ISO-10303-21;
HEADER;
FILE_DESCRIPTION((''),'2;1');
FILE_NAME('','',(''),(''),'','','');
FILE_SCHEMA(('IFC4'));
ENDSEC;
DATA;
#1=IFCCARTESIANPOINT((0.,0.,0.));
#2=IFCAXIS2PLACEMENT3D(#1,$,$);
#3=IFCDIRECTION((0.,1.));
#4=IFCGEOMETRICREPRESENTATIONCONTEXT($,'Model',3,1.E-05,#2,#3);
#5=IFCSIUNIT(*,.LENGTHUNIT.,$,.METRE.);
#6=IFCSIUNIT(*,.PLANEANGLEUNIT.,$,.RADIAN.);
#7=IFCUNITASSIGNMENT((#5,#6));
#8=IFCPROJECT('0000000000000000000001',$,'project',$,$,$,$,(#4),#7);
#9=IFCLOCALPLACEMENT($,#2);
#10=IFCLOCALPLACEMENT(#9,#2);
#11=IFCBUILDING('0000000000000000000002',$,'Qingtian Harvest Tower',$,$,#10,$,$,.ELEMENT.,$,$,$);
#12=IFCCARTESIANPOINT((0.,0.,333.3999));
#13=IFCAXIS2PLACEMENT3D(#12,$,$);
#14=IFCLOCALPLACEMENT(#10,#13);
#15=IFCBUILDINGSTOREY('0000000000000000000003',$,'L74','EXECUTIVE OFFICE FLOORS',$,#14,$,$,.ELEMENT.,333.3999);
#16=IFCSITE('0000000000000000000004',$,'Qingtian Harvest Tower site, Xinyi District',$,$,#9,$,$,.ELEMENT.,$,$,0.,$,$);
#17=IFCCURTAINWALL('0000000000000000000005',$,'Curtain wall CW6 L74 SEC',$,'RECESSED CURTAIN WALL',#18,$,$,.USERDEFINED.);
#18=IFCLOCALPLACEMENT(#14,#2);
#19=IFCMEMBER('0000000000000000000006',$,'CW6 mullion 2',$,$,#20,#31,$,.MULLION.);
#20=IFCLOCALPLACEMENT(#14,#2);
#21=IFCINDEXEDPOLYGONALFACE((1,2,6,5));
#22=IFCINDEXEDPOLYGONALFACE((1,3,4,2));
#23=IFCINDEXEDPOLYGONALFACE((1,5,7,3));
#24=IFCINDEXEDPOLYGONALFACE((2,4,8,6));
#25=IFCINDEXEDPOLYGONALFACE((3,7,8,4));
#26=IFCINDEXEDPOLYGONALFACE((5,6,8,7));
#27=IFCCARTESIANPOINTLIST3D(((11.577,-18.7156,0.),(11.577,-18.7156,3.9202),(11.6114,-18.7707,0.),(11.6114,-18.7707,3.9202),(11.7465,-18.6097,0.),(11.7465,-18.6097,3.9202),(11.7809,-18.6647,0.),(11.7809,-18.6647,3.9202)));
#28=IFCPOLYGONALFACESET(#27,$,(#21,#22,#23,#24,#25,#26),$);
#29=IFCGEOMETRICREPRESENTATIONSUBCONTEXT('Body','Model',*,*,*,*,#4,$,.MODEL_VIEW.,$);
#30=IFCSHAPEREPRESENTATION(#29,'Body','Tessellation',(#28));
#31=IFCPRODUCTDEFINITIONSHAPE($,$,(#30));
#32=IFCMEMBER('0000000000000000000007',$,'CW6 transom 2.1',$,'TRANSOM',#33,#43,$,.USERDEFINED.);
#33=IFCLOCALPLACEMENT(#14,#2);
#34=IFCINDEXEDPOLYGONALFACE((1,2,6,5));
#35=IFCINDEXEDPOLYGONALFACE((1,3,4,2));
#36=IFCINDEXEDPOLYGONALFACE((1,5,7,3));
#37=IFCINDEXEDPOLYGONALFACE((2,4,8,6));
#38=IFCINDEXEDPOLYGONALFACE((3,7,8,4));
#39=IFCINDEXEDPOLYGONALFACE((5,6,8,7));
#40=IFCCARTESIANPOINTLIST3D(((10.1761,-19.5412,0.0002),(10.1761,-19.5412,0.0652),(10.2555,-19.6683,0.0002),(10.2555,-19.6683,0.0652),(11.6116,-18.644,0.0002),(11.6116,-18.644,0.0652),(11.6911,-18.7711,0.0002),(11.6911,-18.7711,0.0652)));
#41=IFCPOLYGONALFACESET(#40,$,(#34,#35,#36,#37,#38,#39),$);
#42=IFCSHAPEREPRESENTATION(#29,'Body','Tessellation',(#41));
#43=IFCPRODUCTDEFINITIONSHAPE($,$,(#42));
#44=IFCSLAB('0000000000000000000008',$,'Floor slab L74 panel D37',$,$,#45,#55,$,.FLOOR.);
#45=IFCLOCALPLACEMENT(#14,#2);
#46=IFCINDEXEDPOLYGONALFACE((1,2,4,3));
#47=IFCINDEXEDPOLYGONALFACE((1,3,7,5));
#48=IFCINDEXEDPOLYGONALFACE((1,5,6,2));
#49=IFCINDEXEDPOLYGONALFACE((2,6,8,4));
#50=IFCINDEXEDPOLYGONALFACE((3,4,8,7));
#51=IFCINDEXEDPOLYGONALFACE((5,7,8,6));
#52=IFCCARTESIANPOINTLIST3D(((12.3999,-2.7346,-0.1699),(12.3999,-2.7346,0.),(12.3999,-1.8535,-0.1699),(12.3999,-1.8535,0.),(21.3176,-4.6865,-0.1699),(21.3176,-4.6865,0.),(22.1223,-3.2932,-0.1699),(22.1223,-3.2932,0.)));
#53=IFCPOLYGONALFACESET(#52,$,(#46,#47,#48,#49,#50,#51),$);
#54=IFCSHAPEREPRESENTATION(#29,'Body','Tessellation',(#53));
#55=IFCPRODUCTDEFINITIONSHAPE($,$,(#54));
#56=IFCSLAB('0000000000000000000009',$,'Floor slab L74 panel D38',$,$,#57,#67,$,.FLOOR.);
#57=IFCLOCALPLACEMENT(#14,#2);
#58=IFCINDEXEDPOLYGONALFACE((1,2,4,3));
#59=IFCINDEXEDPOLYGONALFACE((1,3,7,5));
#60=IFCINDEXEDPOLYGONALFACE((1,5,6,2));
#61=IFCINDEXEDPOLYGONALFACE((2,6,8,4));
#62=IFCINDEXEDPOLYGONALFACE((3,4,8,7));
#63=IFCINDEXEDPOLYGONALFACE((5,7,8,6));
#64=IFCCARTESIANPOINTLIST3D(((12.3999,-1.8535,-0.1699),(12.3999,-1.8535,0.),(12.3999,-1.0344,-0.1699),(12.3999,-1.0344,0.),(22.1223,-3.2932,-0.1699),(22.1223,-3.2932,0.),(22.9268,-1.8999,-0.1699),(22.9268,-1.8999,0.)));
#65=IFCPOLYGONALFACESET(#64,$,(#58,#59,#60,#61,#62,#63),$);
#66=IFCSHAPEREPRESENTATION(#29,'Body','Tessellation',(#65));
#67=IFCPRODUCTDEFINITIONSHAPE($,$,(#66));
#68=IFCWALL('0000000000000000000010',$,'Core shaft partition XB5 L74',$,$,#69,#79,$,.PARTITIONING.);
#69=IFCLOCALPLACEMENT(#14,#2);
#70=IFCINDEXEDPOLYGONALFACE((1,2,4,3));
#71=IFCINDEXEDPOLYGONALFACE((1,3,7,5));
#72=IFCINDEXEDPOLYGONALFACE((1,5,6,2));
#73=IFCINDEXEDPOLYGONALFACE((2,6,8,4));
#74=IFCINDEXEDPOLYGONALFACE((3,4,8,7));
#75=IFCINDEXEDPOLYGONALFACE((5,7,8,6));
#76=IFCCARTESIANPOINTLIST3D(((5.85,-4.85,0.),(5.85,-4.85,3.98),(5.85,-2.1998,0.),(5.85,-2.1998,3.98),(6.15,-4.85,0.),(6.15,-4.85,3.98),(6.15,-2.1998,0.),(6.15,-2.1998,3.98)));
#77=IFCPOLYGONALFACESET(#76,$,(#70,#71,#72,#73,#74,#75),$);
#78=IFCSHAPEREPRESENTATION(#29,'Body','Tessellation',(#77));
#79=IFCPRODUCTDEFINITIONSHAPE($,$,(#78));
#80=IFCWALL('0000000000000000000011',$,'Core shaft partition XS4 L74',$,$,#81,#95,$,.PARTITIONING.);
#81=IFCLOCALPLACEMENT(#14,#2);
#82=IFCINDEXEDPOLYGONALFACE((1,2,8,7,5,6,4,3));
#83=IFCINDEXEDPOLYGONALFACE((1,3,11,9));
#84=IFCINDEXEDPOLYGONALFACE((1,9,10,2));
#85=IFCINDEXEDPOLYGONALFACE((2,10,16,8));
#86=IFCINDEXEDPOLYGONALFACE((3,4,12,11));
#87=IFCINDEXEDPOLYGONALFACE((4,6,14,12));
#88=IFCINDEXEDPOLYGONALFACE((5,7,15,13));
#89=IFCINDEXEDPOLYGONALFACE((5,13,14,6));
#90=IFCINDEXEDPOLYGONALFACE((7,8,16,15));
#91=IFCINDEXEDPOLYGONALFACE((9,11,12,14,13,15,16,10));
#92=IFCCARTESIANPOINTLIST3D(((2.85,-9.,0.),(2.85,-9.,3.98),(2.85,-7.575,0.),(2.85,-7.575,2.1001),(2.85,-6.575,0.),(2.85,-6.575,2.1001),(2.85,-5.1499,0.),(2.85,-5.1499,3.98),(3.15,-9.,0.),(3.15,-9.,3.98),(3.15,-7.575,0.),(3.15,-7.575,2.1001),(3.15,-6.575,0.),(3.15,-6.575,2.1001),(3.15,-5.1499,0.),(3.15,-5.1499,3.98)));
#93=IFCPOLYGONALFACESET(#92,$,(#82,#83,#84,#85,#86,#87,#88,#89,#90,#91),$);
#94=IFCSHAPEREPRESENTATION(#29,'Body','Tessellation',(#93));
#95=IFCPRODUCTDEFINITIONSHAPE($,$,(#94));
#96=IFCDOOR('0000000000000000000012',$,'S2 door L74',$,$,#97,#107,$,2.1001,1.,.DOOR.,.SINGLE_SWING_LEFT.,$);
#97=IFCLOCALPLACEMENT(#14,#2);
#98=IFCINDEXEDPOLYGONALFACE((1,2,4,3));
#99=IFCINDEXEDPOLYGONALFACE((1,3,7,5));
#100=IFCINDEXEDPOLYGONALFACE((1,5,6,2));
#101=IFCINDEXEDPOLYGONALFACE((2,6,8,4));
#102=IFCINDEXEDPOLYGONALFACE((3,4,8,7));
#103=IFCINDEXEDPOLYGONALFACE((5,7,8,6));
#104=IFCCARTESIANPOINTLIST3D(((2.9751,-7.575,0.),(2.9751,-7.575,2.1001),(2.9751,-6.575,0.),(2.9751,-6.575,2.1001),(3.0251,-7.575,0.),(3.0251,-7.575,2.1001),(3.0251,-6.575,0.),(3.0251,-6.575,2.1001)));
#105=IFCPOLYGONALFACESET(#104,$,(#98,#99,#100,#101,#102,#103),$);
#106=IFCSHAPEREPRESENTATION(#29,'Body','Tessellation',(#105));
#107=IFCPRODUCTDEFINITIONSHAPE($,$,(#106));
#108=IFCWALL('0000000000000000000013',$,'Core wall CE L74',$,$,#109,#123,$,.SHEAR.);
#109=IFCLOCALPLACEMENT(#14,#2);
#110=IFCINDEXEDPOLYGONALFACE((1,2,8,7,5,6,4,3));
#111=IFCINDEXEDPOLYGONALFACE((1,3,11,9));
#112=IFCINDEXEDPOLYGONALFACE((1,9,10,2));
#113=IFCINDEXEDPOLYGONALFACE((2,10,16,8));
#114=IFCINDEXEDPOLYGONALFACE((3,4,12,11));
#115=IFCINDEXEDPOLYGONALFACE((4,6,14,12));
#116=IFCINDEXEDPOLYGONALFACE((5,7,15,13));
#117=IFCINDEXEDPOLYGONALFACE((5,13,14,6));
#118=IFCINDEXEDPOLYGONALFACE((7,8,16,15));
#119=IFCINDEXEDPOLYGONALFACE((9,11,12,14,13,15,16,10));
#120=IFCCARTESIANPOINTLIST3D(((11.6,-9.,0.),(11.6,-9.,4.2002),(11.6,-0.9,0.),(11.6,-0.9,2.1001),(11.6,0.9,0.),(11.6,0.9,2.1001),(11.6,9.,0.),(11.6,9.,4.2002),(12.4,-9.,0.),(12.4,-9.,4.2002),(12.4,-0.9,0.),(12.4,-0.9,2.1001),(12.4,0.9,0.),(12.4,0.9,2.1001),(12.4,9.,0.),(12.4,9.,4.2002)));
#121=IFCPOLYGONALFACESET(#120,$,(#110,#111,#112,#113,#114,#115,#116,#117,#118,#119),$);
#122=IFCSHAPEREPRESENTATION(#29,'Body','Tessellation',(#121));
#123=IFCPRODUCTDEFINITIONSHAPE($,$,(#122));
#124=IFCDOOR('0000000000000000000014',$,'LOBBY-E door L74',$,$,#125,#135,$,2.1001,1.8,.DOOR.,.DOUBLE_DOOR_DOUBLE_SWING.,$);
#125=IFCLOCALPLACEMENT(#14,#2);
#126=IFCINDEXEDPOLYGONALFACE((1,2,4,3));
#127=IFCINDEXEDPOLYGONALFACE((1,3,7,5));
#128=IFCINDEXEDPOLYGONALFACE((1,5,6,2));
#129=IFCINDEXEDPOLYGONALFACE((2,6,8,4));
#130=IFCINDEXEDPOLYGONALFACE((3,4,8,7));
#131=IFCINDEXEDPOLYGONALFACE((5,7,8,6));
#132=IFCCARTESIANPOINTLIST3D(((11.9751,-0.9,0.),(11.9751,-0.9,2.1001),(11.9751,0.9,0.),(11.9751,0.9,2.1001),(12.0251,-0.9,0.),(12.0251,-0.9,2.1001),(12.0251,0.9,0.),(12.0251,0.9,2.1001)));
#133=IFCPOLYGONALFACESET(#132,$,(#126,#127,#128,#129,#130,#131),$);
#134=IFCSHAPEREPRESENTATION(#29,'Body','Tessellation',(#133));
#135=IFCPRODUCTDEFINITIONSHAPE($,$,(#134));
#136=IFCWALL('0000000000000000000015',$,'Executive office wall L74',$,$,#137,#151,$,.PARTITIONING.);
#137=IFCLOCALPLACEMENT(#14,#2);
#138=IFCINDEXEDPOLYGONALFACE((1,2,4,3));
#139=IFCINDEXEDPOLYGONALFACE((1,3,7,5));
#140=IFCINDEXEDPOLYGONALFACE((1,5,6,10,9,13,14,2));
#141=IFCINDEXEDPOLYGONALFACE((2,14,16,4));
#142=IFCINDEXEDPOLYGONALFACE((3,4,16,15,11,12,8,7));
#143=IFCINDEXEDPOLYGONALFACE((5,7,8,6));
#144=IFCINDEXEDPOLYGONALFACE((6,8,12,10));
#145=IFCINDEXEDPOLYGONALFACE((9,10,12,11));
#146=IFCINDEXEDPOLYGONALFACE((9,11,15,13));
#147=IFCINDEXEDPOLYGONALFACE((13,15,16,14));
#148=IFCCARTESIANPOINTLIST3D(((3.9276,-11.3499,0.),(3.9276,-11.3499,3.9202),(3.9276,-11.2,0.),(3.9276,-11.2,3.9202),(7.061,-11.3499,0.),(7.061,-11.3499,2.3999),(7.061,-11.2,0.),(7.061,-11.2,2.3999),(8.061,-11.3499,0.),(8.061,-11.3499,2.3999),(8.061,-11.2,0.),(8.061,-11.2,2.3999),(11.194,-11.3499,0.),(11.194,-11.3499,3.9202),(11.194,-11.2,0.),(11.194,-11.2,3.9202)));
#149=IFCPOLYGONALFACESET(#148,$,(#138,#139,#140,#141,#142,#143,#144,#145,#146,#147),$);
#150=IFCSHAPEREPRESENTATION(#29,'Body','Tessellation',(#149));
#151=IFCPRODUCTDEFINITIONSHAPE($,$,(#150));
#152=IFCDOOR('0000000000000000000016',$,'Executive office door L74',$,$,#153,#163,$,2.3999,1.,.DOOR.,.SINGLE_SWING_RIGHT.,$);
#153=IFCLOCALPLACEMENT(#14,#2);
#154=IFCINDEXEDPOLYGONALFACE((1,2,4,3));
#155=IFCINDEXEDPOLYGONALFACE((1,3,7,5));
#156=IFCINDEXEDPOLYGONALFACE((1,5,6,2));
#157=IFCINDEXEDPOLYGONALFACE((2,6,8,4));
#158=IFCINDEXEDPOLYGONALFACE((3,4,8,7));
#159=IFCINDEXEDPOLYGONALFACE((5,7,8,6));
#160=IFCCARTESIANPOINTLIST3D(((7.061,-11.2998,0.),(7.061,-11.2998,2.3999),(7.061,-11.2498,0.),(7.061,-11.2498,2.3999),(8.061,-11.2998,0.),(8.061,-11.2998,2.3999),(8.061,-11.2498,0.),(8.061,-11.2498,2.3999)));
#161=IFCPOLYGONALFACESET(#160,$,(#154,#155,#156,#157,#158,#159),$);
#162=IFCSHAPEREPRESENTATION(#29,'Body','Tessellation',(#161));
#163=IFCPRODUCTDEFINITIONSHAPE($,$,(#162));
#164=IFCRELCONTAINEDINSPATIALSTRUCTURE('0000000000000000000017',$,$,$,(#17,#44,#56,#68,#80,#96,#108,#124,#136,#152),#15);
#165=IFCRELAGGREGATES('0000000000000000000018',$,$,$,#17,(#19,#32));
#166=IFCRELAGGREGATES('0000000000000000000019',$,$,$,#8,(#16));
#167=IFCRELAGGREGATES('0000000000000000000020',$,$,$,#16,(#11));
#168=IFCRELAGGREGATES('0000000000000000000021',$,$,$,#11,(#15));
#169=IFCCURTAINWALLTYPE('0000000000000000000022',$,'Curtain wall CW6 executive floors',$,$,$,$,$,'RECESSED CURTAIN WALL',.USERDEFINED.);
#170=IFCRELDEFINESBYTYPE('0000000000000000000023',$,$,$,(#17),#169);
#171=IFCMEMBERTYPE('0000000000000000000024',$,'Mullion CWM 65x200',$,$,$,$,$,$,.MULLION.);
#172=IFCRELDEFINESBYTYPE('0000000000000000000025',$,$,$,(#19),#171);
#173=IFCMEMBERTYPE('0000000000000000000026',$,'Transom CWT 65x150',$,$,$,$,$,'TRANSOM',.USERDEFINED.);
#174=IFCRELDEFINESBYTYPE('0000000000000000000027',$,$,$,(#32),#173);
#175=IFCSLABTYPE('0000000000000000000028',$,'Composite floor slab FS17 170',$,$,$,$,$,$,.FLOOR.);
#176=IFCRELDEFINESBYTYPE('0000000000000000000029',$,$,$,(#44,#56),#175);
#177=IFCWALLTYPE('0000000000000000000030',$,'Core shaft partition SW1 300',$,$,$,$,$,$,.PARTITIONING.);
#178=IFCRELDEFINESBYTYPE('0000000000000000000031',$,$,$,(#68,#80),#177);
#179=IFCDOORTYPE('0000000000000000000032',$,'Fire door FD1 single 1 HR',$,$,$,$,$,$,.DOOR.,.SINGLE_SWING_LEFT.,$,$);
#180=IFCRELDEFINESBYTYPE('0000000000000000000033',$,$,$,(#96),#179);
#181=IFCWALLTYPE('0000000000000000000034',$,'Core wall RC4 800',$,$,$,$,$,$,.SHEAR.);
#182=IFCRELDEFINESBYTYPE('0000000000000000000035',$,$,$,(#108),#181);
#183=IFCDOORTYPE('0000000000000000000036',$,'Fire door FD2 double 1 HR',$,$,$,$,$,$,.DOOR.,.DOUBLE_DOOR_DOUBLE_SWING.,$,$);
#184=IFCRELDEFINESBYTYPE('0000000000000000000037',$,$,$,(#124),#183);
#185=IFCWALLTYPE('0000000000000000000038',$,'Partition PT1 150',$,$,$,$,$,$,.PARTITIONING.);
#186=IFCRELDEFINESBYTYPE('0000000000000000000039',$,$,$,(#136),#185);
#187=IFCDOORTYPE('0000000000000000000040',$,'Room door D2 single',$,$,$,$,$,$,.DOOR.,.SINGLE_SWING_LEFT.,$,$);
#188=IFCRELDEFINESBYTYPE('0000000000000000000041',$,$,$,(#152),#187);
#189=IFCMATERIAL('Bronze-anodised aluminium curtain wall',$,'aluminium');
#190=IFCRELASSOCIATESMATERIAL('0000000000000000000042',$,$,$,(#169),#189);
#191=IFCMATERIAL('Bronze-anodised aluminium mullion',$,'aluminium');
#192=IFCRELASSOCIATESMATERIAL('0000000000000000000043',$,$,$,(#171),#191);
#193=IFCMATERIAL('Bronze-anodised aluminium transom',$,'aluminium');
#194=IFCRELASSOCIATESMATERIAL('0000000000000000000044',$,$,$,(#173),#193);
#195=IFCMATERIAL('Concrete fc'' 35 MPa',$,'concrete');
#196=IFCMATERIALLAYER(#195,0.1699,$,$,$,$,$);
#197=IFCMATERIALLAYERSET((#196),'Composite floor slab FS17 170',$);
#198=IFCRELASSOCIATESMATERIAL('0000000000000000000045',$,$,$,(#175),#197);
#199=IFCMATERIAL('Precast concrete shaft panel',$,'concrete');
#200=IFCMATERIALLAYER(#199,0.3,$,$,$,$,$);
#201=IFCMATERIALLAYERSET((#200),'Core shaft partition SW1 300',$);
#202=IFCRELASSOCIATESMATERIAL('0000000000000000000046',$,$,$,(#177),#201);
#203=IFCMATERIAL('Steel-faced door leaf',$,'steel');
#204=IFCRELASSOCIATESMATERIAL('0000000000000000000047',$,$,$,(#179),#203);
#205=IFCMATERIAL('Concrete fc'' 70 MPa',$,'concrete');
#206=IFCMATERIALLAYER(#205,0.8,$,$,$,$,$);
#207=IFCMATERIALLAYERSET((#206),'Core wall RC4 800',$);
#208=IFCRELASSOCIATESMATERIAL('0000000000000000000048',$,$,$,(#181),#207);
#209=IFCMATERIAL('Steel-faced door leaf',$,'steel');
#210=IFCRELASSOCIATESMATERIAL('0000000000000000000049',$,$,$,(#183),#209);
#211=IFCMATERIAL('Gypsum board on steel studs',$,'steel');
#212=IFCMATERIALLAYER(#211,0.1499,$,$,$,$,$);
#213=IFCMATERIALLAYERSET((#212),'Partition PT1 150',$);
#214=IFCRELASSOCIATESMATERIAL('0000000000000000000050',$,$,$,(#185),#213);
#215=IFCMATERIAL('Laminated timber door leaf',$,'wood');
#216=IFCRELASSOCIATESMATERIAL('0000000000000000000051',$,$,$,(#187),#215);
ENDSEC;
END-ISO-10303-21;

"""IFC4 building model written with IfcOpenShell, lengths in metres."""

from ifc_helpers import new_model, si_unit, direction, frame, frame_2d, origin, origin_2d, place, context, subcontext, project, spatial, polyline, rectangle, outline, extrude, material, layer, layer_set, material_profile, profile_set, type_object, element, fill, aggregate, save


model = new_model("IFC4")

# Units and contexts
model_context = context("Model", 3, precision=1e-05, world=origin(), true_north=direction((0.0, 1.0)))
body_context = subcontext(model_context, "Body", "Model", "MODEL_VIEW")
ifc_project = project(units=[si_unit("LENGTHUNIT", "METRE"), si_unit("PLANEANGLEUNIT", "RADIAN")], contexts=[model_context])

# Site, building, storey
site_placement = place(None, origin())
site = spatial("IfcSite", under=ifc_project, at=site_placement, Name="Qingtian Harvest Tower site, Xinyi District", CompositionType="ELEMENT", RefElevation=0.0)
building_placement = place(site_placement, origin())
building = spatial("IfcBuilding", under=site, at=building_placement, Name="Qingtian Harvest Tower", CompositionType="ELEMENT")
storey_placement = place(building_placement, frame((0.0, 0.0, 333.3999)))
storey = spatial("IfcBuildingStorey", under=building, at=storey_placement, Name="L74", Description="EXECUTIVE OFFICE FLOORS", CompositionType="ELEMENT", Elevation=333.3999)

# Curtain wall, members
ifc_material_1 = material(Name="Bronze-anodised aluminium curtain wall", Category="aluminium")
curtain_wall_type = type_object("IfcCurtainWallType", Name="Curtain wall CW6 executive floors", ElementType="RECESSED CURTAIN WALL", PredefinedType="USERDEFINED", material=ifc_material_1)
curtain_wall_placement = place(storey_placement, origin())
curtain_wall = element("IfcCurtainWall", 1, at=curtain_wall_placement, inside=storey, type_object=curtain_wall_type, Name="Curtain wall CW6 L74 SEC", ObjectType="RECESSED CURTAIN WALL", PredefinedType="USERDEFINED")
ifc_material_2 = material(Name="Bronze-anodised aluminium mullion", Category="aluminium")
ifc_material_profile_1 = material_profile(ifc_material_2, rectangle(XDim=0.0649, YDim=0.2, at=origin_2d()), Name="AL 65x200")
ifc_profile_set_1 = profile_set([ifc_material_profile_1], Name="Bronze-anodised aluminium mullion")
member_type_1 = type_object("IfcMemberType", Name="Mullion CWM 65x200", PredefinedType="MULLION", material=ifc_profile_set_1)
member_1_placement = place(storey_placement, frame((11.679, -18.6902, 0.0), z_axis=(0.0, 0.0, 1.0), x_axis=(0.529919, -0.848048, 0.0)))
member_1 = element("IfcMember", 2, at=member_1_placement, type_object=member_type_1, Name="CW6 mullion 2", PredefinedType="MULLION", context=body_context, shape_type="SweptSolid", body=[
    extrude(rectangle(XDim=0.0649, YDim=0.2, at=origin_2d()), origin(), (0.0, 0.0, 1.0), 3.9202),
])
ifc_material_3 = material(Name="Bronze-anodised aluminium transom", Category="aluminium")
ifc_material_profile_2 = material_profile(ifc_material_3, rectangle(XDim=0.1499, YDim=0.0649, at=origin_2d()), Name="AL 65x150")
ifc_profile_set_2 = profile_set([ifc_material_profile_2], Name="Bronze-anodised aluminium transom")
member_type_2 = type_object("IfcMemberType", Name="Transom CWT 65x150", ElementType="TRANSOM", PredefinedType="USERDEFINED", material=ifc_profile_set_2)
member_2_placement = place(storey_placement, frame((11.6514, -18.7075, 0.0327), z_axis=(-0.847998, -0.529999, 0.0), x_axis=(0.529999, -0.847998, 0.0)))
member_2 = element("IfcMember", 3, at=member_2_placement, type_object=member_type_2, Name="CW6 transom 2.1", ObjectType="TRANSOM", PredefinedType="USERDEFINED", context=body_context, shape_type="SweptSolid", body=[
    extrude(rectangle(XDim=0.1499, YDim=0.0649, at=origin_2d()), origin(), (0.0, 0.0, 1.0), 1.6929),
])
aggregate(curtain_wall, [member_1, member_2])

# Slabs
ifc_material_4 = material(Name="Concrete fc' 35 MPa", Category="concrete")
ifc_layer_1 = layer(ifc_material_4, 0.1699)
ifc_layer_set_1 = layer_set([ifc_layer_1], Name="Composite floor slab FS17 170")
slab_type = type_object("IfcSlabType", Name="Composite floor slab FS17 170", PredefinedType="FLOOR", material=ifc_layer_set_1)
slab_1_placement = place(storey_placement, frame((0.0, 0.0, -0.1699)))
element("IfcSlab", 4, at=slab_1_placement, inside=storey, type_object=slab_type, Name="Floor slab L74 panel D37", PredefinedType="FLOOR", context=body_context, shape_type="SweptSolid", body=[
    extrude(outline(polyline([(12.3999, -1.8535), (22.1223, -3.2932), (21.3176, -4.6865), (12.3999, -2.7346), (12.3999, -1.8535)])), origin(), (0.0, 0.0, 1.0), 0.1699),
])
slab_2_placement = place(storey_placement, frame((0.0, 0.0, -0.1699)))
element("IfcSlab", 5, at=slab_2_placement, inside=storey, type_object=slab_type, Name="Floor slab L74 panel D38", PredefinedType="FLOOR", context=body_context, shape_type="SweptSolid", body=[
    extrude(outline(polyline([(12.3999, -1.0344), (22.9268, -1.8999), (22.1223, -3.2932), (12.3999, -1.8535), (12.3999, -1.0344)])), origin(), (0.0, 0.0, 1.0), 0.1699),
])

# Wall
ifc_material_5 = material(Name="Precast concrete shaft panel", Category="concrete")
ifc_layer_2 = layer(ifc_material_5, 0.3)
ifc_layer_set_2 = layer_set([ifc_layer_2], Name="Core shaft partition SW1 300")
wall_type_1 = type_object("IfcWallType", Name="Core shaft partition SW1 300", PredefinedType="PARTITIONING", material=ifc_layer_set_2)
wall_1_placement = place(storey_placement, frame((6.0, -4.8501, 0.0), z_axis=(0.0, 0.0, 1.0), x_axis=(0.0, 1.0, 0.0)))
element("IfcWall", 6, at=wall_1_placement, inside=storey, type_object=wall_type_1, Name="Core shaft partition XB5 L74", PredefinedType="PARTITIONING", context=body_context, shape_type="SweptSolid", body=[
    extrude(rectangle(XDim=2.6501, YDim=0.3, at=frame_2d((1.3252, 0.0))), origin(), (0.0, 0.0, 1.0), 3.98),
])

# Walls, openings, doors
wall_2_placement = place(storey_placement, frame((3.0, -9.0, 0.0), z_axis=(0.0, 0.0, 1.0), x_axis=(0.0, 1.0, 0.0)))
wall_2 = element("IfcWall", 7, at=wall_2_placement, inside=storey, type_object=wall_type_1, Name="Core shaft partition XS4 L74", PredefinedType="PARTITIONING", context=body_context, shape_type="SweptSolid", body=[
    extrude(rectangle(XDim=3.8501, YDim=0.3, at=frame_2d((1.925, 0.0))), origin(), (0.0, 0.0, 1.0), 3.98),
])
opening_1_placement = place(wall_2_placement, frame((1.425, 0.0, 0.0)))
opening_1 = element("IfcOpeningElement", 8, at=opening_1_placement, cuts=wall_2, PredefinedType="OPENING", context=body_context, shape_type="SweptSolid", body=[
    extrude(rectangle(XDim=1.0, YDim=2.1001, at=frame_2d((0.5, 1.05))), frame((0.0, 0.1599, 0.0), z_axis=(0.0, -1.0, 0.0), x_axis=(1.0, 0.0, 0.0)), (0.0, 0.0, 1.0), 0.3201),
])
ifc_material_6 = material(Name="Steel-faced door leaf", Category="steel")
door_type_1 = type_object("IfcDoorType", Name="Fire door FD1 single 1 HR", OperationType="SINGLE_SWING_LEFT", PredefinedType="DOOR", material=ifc_material_6)
door_1_placement = place(opening_1_placement, origin())
door_1 = element("IfcDoor", 9, at=door_1_placement, inside=storey, type_object=door_type_1, Name="S2 door L74", OperationType="SINGLE_SWING_LEFT", OverallHeight=2.1001, OverallWidth=1.0, PredefinedType="DOOR", context=body_context, shape_type="SweptSolid", body=[
    extrude(rectangle(XDim=1.0, YDim=2.1001, at=frame_2d((0.5, 1.05))), frame((0.0, 0.0249, 0.0), z_axis=(0.0, -1.0, 0.0), x_axis=(1.0, 0.0, 0.0)), (0.0, 0.0, 1.0), 0.05),
])
fill(opening_1, door_1)
ifc_material_7 = material(Name="Concrete fc' 70 MPa", Category="concrete")
ifc_layer_3 = layer(ifc_material_7, 0.8)
ifc_layer_set_3 = layer_set([ifc_layer_3], Name="Core wall RC4 800")
wall_type_2 = type_object("IfcWallType", Name="Core wall RC4 800", PredefinedType="SHEAR", material=ifc_layer_set_3)
wall_3_placement = place(storey_placement, frame((12.0, -9.0, 0.0), z_axis=(0.0, 0.0, 1.0), x_axis=(0.0, 1.0, 0.0)))
wall_3 = element("IfcWall", 10, at=wall_3_placement, inside=storey, type_object=wall_type_2, Name="Core wall CE L74", PredefinedType="SHEAR", context=body_context, shape_type="SweptSolid", body=[
    extrude(rectangle(XDim=18.0, YDim=0.8, at=frame_2d((9.0, 0.0))), origin(), (0.0, 0.0, 1.0), 4.2002),
])
opening_2_placement = place(wall_3_placement, frame((8.1001, 0.0, 0.0)))
opening_2 = element("IfcOpeningElement", 11, at=opening_2_placement, cuts=wall_3, PredefinedType="OPENING", context=body_context, shape_type="SweptSolid", body=[
    extrude(rectangle(XDim=1.8, YDim=2.1001, at=frame_2d((0.8999, 1.05))), frame((0.0, 0.4099, 0.0), z_axis=(0.0, -1.0, 0.0), x_axis=(1.0, 0.0, 0.0)), (0.0, 0.0, 1.0), 0.8201),
])
ifc_material_8 = material(Name="Steel-faced door leaf", Category="steel")
door_type_2 = type_object("IfcDoorType", Name="Fire door FD2 double 1 HR", OperationType="DOUBLE_DOOR_DOUBLE_SWING", PredefinedType="DOOR", material=ifc_material_8)
door_2_placement = place(opening_2_placement, origin())
door_2 = element("IfcDoor", 12, at=door_2_placement, inside=storey, type_object=door_type_2, Name="LOBBY-E door L74", OperationType="DOUBLE_DOOR_DOUBLE_SWING", OverallHeight=2.1001, OverallWidth=1.8, PredefinedType="DOOR", context=body_context, shape_type="SweptSolid", body=[
    extrude(rectangle(XDim=1.8, YDim=2.1001, at=frame_2d((0.8999, 1.05))), frame((0.0, 0.0249, 0.0), z_axis=(0.0, -1.0, 0.0), x_axis=(1.0, 0.0, 0.0)), (0.0, 0.0, 1.0), 0.05),
])
fill(opening_2, door_2)
ifc_material_9 = material(Name="Gypsum board on steel studs", Category="steel")
ifc_layer_4 = layer(ifc_material_9, 0.1499)
ifc_layer_set_4 = layer_set([ifc_layer_4], Name="Partition PT1 150")
wall_type_3 = type_object("IfcWallType", Name="Partition PT1 150", PredefinedType="PARTITIONING", material=ifc_layer_set_4)
wall_4_placement = place(storey_placement, frame((11.1941, -11.2749, 0.0), z_axis=(0.0, 0.0, 1.0), x_axis=(-1.0, 0.0, 0.0)))
wall_4 = element("IfcWall", 13, at=wall_4_placement, inside=storey, type_object=wall_type_3, Name="Executive office wall L74", PredefinedType="PARTITIONING", context=body_context, shape_type="SweptSolid", body=[
    extrude(rectangle(XDim=7.2664, YDim=0.1499, at=frame_2d((3.6333, 0.0))), origin(), (0.0, 0.0, 1.0), 3.9202),
])
opening_3_placement = place(wall_4_placement, frame((3.1331, 0.0, 0.0)))
opening_3 = element("IfcOpeningElement", 14, at=opening_3_placement, cuts=wall_4, PredefinedType="OPENING", context=body_context, shape_type="SweptSolid", body=[
    extrude(rectangle(XDim=1.0, YDim=2.3999, at=frame_2d((0.5, 1.2))), frame((0.0, 0.085, 0.0), z_axis=(0.0, -1.0, 0.0), x_axis=(1.0, 0.0, 0.0)), (0.0, 0.0, 1.0), 0.1699),
])
ifc_material_10 = material(Name="Laminated timber door leaf", Category="wood")
door_type_3 = type_object("IfcDoorType", Name="Room door D2 single", OperationType="SINGLE_SWING_LEFT", PredefinedType="DOOR", material=ifc_material_10)
door_3_placement = place(opening_3_placement, origin())
door_3 = element("IfcDoor", 15, at=door_3_placement, inside=storey, type_object=door_type_3, Name="Executive office door L74", OperationType="SINGLE_SWING_RIGHT", OverallHeight=2.3999, OverallWidth=1.0, PredefinedType="DOOR", context=body_context, shape_type="SweptSolid", body=[
    extrude(rectangle(XDim=1.0, YDim=2.3999, at=frame_2d((0.5, 1.2))), frame((0.0, 0.0249, 0.0), z_axis=(0.0, -1.0, 0.0), x_axis=(1.0, 0.0, 0.0)), (0.0, 0.0, 1.0), 0.05),
])
fill(opening_3, door_3)

save(model, "model.ifc")
